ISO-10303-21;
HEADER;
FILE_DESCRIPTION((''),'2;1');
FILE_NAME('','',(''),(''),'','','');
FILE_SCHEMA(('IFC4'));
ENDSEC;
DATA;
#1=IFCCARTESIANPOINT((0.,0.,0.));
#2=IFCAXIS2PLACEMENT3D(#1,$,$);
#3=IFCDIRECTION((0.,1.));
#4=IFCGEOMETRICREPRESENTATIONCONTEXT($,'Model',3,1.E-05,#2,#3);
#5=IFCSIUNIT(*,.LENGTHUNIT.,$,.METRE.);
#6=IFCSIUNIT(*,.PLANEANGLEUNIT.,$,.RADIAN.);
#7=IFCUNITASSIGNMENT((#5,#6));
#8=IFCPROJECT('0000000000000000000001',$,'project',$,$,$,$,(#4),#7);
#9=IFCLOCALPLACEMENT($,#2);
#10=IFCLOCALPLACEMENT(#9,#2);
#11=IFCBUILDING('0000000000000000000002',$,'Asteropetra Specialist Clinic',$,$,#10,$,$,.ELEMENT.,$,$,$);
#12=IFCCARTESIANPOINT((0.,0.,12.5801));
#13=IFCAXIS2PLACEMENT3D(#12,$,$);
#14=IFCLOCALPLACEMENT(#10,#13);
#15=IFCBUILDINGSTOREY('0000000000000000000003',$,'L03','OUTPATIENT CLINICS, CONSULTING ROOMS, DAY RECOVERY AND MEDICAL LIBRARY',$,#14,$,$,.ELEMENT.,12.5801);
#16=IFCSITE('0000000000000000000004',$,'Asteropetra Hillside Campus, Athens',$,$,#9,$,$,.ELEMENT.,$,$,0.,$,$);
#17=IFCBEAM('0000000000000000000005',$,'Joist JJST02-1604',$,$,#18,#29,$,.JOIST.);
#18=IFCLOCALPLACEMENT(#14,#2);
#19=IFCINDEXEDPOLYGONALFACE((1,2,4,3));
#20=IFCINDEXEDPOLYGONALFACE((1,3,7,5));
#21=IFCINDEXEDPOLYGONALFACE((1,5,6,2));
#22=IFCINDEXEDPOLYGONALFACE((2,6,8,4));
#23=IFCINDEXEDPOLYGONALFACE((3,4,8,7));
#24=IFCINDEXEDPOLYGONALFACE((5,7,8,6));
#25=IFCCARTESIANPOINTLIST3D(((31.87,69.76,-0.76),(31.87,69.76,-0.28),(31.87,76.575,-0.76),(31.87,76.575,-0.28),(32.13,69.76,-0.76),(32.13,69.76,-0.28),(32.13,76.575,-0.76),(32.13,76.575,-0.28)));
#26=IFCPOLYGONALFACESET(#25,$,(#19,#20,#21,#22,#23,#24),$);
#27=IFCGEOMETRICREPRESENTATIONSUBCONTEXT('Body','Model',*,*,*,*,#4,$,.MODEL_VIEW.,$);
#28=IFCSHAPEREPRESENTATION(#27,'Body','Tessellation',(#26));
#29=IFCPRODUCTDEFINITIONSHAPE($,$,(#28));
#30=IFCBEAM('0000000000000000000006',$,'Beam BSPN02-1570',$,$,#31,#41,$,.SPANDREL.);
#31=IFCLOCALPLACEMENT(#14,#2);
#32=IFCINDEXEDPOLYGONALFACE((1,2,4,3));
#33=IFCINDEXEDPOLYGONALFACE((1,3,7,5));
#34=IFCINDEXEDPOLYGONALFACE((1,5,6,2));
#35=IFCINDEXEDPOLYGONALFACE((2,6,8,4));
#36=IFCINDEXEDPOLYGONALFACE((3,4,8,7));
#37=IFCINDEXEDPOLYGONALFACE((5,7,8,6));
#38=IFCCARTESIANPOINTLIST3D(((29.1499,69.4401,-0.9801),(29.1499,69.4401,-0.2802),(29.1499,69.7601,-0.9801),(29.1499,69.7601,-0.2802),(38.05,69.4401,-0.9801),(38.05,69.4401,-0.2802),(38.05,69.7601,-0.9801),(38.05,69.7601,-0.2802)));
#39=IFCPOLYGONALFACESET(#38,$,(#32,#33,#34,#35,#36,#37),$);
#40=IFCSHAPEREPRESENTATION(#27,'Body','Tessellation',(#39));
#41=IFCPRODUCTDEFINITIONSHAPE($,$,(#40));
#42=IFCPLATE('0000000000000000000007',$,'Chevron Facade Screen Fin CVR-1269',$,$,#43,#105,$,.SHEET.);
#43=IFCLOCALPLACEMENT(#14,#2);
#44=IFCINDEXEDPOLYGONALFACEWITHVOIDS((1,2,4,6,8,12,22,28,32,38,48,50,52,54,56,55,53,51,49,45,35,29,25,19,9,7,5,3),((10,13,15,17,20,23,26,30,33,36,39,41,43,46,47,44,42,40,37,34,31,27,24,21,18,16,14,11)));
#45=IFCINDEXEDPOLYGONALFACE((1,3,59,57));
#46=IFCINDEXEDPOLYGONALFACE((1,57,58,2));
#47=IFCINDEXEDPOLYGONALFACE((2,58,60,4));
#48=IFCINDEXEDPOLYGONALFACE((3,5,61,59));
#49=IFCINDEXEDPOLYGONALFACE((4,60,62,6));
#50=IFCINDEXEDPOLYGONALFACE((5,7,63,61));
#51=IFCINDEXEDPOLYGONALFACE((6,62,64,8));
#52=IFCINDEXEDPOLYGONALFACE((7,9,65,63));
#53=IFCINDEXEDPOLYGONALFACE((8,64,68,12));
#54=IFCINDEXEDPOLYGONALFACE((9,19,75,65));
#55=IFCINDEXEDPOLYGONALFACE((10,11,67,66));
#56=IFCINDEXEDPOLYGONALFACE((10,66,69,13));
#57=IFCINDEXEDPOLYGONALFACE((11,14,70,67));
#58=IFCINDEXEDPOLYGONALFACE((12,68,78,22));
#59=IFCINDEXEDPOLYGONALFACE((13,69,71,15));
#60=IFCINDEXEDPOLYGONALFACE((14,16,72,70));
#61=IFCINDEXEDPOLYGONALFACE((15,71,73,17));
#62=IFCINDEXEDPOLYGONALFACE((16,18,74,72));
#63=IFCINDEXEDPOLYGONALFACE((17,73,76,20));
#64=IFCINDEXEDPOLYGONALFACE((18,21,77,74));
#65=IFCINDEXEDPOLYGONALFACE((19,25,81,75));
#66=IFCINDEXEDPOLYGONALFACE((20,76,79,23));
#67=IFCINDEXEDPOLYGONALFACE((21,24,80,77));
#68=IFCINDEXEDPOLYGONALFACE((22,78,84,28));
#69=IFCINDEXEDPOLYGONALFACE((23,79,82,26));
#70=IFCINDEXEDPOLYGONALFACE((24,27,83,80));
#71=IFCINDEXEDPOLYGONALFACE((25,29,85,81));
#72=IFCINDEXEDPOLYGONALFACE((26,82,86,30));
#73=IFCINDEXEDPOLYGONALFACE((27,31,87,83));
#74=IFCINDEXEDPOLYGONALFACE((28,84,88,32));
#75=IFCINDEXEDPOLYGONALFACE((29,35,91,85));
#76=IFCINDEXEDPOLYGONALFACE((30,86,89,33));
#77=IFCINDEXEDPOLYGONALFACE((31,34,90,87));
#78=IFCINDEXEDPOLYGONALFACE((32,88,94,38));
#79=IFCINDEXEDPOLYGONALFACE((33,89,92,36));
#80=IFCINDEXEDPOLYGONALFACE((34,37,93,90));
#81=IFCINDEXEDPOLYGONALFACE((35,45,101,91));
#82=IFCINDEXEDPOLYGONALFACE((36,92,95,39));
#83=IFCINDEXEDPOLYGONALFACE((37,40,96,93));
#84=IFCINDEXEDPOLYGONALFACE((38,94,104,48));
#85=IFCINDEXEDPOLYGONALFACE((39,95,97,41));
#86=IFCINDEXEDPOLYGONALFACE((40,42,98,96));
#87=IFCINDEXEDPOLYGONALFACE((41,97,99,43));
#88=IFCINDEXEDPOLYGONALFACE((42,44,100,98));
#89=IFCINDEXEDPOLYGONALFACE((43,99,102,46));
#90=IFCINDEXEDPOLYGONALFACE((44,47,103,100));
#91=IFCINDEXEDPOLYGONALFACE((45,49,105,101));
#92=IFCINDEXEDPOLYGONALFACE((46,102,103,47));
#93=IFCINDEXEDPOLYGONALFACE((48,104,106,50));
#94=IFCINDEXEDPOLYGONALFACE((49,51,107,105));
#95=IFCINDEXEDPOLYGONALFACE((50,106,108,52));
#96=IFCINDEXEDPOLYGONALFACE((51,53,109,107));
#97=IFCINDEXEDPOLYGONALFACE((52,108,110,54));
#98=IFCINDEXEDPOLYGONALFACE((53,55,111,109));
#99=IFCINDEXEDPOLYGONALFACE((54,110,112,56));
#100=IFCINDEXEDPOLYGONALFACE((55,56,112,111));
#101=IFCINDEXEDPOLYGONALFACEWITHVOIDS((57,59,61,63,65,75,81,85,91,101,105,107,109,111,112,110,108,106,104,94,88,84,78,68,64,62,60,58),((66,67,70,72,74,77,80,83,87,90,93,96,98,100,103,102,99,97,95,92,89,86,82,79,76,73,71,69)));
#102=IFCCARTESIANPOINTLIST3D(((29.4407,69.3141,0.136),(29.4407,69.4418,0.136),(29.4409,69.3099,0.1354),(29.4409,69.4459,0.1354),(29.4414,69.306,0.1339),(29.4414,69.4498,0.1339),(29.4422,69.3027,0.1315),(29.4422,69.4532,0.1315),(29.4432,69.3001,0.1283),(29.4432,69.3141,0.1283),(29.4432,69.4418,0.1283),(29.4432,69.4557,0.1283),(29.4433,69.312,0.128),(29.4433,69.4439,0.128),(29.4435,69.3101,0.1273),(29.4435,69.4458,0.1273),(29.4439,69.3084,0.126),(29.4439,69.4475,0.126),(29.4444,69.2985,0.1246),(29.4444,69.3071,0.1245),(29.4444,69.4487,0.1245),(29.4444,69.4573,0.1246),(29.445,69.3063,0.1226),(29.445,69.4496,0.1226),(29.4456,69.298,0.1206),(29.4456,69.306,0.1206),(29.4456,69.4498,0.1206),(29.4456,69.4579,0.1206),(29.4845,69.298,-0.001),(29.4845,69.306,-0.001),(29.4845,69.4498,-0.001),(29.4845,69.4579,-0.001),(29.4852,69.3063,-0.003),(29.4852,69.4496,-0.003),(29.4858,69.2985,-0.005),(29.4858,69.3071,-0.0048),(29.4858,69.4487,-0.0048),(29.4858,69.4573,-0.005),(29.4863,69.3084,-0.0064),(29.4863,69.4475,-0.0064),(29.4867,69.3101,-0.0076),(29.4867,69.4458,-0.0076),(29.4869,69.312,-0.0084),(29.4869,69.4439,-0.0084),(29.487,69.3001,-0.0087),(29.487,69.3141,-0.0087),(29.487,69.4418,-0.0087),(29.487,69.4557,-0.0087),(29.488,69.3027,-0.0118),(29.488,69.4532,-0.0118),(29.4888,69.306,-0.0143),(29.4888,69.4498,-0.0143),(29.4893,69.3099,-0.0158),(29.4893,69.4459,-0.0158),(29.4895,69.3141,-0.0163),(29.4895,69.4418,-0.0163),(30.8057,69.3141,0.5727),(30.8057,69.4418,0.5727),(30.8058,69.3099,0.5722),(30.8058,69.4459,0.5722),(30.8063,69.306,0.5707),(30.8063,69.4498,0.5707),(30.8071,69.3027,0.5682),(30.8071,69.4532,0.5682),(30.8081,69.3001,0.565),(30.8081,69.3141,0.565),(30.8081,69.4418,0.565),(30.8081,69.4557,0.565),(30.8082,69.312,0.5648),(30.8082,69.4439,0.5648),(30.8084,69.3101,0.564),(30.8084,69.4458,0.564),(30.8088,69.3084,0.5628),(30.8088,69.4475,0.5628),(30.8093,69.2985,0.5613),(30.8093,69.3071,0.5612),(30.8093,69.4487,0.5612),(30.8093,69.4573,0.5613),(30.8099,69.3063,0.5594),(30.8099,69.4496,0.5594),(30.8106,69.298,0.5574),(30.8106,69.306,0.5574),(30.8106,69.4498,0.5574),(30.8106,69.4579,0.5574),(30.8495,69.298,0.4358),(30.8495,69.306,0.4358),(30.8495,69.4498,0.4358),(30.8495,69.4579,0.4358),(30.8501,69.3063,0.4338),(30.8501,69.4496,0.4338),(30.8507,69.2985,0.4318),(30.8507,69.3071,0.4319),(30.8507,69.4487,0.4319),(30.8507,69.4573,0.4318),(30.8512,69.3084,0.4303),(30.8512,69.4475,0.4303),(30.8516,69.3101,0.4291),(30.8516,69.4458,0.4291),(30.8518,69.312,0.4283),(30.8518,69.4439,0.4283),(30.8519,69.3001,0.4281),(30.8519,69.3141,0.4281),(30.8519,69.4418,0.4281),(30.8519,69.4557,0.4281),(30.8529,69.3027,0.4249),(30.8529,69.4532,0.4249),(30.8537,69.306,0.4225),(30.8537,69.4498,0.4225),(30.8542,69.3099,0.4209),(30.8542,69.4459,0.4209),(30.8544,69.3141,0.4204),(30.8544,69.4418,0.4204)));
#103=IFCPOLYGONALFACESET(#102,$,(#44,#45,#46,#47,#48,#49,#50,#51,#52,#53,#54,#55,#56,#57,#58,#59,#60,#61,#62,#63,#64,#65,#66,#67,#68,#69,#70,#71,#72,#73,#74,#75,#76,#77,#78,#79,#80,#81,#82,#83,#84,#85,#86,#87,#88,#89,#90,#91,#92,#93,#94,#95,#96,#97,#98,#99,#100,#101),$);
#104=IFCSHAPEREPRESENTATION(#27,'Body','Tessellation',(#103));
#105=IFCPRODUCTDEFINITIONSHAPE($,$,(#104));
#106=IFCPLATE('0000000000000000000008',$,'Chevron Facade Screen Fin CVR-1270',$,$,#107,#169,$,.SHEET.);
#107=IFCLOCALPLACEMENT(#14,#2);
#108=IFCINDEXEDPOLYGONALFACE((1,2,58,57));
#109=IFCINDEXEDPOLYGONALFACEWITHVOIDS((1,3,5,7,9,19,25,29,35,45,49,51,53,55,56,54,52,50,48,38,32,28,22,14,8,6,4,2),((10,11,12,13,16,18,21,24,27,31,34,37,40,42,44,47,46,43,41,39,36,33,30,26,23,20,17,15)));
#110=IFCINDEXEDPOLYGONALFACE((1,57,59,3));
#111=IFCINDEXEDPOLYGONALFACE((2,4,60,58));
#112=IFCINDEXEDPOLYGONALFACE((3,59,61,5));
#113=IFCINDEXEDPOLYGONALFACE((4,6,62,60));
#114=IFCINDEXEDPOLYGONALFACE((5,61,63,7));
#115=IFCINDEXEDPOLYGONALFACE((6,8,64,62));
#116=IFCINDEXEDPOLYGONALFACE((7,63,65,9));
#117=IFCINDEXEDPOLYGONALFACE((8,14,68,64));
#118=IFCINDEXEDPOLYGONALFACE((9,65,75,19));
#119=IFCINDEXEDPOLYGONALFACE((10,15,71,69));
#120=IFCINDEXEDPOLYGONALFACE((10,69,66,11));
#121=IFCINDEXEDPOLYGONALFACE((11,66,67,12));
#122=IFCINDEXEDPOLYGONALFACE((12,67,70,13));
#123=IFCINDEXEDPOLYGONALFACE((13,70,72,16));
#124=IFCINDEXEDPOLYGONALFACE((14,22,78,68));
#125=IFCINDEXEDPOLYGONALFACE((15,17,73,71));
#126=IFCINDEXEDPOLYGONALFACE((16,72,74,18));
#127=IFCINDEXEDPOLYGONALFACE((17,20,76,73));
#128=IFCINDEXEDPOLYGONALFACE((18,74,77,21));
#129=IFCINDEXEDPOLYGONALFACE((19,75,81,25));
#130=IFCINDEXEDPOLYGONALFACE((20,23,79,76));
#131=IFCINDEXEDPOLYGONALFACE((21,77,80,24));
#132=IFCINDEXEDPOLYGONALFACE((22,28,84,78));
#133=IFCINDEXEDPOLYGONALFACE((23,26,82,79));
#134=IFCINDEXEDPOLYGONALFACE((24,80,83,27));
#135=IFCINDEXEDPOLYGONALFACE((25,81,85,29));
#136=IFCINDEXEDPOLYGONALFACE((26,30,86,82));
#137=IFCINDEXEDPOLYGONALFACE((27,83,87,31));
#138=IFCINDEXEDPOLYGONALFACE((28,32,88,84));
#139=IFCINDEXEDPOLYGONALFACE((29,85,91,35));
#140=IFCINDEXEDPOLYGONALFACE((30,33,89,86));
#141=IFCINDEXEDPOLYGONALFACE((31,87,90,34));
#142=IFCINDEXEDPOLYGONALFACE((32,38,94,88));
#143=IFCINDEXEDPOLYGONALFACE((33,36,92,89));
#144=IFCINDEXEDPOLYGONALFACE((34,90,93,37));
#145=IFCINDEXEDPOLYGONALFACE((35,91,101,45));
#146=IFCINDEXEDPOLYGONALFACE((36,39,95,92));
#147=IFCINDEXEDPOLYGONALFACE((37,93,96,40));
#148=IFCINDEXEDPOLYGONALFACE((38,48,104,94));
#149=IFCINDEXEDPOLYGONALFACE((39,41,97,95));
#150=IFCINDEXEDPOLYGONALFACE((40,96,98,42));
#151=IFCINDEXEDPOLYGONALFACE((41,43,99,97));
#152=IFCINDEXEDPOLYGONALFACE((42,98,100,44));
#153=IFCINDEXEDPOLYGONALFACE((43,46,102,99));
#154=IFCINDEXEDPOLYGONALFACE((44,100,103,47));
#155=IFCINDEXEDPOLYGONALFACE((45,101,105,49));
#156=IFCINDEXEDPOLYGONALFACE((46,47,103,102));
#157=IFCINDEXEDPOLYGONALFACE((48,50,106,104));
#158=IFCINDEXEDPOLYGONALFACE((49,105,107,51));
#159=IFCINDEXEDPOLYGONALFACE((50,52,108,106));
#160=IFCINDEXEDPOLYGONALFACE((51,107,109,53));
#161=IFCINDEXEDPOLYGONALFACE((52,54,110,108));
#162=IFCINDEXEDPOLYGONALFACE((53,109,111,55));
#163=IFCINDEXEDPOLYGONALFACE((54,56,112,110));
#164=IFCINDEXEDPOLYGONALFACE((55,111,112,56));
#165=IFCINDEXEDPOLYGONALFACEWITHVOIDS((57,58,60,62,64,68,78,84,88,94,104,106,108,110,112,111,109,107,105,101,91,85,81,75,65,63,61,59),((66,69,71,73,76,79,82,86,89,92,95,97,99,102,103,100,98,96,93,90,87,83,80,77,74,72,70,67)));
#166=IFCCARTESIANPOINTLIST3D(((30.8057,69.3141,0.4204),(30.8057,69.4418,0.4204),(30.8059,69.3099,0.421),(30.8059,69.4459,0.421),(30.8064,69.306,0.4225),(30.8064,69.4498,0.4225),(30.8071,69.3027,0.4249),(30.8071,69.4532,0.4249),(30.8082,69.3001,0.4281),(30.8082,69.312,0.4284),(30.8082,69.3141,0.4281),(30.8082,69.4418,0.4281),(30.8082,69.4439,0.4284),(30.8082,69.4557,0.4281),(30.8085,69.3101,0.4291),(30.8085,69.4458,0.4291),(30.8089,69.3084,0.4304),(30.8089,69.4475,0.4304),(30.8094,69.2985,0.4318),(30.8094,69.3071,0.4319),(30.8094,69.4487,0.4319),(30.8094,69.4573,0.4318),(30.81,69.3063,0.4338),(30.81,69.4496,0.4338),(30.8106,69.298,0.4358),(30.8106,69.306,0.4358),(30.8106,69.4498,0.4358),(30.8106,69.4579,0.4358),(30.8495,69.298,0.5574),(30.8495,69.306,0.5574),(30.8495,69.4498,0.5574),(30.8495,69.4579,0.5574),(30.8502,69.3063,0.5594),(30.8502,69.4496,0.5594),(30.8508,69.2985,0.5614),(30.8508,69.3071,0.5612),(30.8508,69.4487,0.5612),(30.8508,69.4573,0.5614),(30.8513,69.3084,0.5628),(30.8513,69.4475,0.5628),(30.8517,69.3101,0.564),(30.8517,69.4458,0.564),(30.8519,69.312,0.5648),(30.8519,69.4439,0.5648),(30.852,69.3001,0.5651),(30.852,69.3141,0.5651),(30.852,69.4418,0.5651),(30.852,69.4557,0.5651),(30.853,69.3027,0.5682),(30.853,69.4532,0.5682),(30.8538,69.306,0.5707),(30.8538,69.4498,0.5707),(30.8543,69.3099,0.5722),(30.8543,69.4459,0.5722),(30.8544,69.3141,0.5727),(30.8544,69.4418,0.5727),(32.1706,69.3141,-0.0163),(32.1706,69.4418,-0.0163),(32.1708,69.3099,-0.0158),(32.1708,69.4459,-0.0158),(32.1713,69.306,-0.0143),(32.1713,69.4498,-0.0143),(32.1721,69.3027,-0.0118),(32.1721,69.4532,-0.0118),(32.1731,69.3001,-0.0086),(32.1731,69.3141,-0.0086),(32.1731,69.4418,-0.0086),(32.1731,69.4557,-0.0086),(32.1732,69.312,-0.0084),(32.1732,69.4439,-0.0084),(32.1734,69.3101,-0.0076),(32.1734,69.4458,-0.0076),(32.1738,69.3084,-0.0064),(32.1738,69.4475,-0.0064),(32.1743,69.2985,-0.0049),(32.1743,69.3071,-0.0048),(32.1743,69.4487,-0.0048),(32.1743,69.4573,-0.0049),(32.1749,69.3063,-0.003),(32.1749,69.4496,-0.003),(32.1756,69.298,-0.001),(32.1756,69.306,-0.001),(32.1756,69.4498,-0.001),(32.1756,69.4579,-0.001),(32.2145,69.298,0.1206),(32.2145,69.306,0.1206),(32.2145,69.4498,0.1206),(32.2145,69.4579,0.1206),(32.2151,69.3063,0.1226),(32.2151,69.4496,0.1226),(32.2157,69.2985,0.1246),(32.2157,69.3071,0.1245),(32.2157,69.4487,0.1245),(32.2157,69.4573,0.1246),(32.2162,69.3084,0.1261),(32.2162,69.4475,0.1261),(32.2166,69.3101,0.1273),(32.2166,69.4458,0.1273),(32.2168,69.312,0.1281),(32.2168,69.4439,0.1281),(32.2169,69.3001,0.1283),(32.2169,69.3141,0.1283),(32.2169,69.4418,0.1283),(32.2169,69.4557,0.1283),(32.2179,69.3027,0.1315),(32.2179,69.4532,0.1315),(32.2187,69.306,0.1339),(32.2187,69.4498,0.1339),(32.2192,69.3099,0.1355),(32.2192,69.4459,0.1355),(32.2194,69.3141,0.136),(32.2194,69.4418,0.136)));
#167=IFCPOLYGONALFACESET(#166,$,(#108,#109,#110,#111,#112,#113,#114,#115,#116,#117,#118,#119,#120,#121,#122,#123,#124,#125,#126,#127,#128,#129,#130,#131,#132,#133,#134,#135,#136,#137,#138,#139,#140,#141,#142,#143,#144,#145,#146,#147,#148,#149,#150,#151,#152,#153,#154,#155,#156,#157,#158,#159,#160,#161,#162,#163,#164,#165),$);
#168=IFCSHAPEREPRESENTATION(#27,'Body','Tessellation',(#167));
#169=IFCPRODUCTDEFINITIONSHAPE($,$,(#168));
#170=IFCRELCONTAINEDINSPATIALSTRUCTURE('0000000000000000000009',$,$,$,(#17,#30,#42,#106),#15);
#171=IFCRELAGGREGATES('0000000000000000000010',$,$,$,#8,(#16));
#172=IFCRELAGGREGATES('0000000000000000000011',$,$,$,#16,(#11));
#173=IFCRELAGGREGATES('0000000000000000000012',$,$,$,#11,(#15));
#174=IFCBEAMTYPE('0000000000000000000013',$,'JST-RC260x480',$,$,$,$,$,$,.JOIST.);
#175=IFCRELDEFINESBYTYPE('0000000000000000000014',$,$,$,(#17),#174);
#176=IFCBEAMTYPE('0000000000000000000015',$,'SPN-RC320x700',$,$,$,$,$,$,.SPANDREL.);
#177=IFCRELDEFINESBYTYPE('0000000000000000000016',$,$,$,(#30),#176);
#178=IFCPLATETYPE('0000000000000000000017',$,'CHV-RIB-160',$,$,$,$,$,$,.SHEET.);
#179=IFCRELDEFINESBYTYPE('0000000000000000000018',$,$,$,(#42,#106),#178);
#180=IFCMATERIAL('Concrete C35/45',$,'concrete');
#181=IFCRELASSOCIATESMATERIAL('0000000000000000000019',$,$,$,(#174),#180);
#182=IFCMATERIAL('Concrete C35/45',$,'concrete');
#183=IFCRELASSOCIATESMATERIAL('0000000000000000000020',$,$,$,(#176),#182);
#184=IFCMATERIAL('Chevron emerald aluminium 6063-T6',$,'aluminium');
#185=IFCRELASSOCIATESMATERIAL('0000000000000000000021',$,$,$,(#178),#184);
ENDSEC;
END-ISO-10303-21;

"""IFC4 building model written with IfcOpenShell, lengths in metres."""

from ifc_helpers import new_model, si_unit, direction, frame, origin, origin_2d, place, context, subcontext, project, spatial, rectangle, hollow_rectangle, extrude, material, material_profile, profile_set, type_object, element, save


model = new_model("IFC4")

# Units and contexts
model_context = context("Model", 3, precision=1e-05, world=origin(), true_north=direction((0.0, 1.0)))
body_context = subcontext(model_context, "Body", "Model", "MODEL_VIEW")
ifc_project = project(units=[si_unit("LENGTHUNIT", "METRE"), si_unit("PLANEANGLEUNIT", "RADIAN")], contexts=[model_context])

# Site, building, storey
site_placement = place(None, origin())
site = spatial("IfcSite", under=ifc_project, at=site_placement, Name="Asteropetra Hillside Campus, Athens", CompositionType="ELEMENT", RefElevation=0.0)
building_placement = place(site_placement, origin())
building = spatial("IfcBuilding", under=site, at=building_placement, Name="Asteropetra Specialist Clinic", CompositionType="ELEMENT")
storey_placement = place(building_placement, frame((0.0, 0.0, 12.5801)))
storey = spatial("IfcBuildingStorey", under=building, at=storey_placement, Name="L03", Description="OUTPATIENT CLINICS, CONSULTING ROOMS, DAY RECOVERY AND MEDICAL LIBRARY", CompositionType="ELEMENT", Elevation=12.5801)

# Beams
ifc_material_1 = material(Name="Concrete C35/45", Category="concrete")
ifc_material_profile_1 = material_profile(ifc_material_1, rectangle(XDim=0.26, YDim=0.48, at=origin_2d()), Name="RCJ 260x480")
ifc_profile_set_1 = profile_set([ifc_material_profile_1], Name="Concrete C35/45")
beam_type_1 = type_object("IfcBeamType", Name="JST-RC260x480", PredefinedType="JOIST", material=ifc_profile_set_1)
beam_1_placement = place(storey_placement, frame((32.0, 69.76, -0.52), z_axis=(0.0, 1.0, 0.0), x_axis=(-1.0, 0.0, 0.0)))
element("IfcBeam", 1, at=beam_1_placement, inside=storey, type_object=beam_type_1, Name="Joist JJST02-1604", PredefinedType="JOIST", context=body_context, shape_type="SweptSolid", body=[
    extrude(rectangle(XDim=0.26, YDim=0.48, at=origin_2d()), origin(), (0.0, 0.0, 1.0), 6.8149),
])
ifc_material_2 = material(Name="Concrete C35/45", Category="concrete")
ifc_material_profile_2 = material_profile(ifc_material_2, rectangle(XDim=0.3201, YDim=0.7, at=origin_2d()), Name="RCS 320x700")
ifc_profile_set_2 = profile_set([ifc_material_profile_2], Name="Concrete C35/45")
beam_type_2 = type_object("IfcBeamType", Name="SPN-RC320x700", PredefinedType="SPANDREL", material=ifc_profile_set_2)
beam_2_placement = place(storey_placement, frame((29.1499, 69.6001, -0.6301), z_axis=(1.0, 0.0, 0.0), x_axis=(0.0, 1.0, 0.0)))
element("IfcBeam", 2, at=beam_2_placement, inside=storey, type_object=beam_type_2, Name="Beam BSPN02-1570", PredefinedType="SPANDREL", context=body_context, shape_type="SweptSolid", body=[
    extrude(rectangle(XDim=0.3201, YDim=0.7, at=origin_2d()), origin(), (0.0, 0.0, 1.0), 8.9001),
])

# Plates
ifc_material_3 = material(Name="Chevron emerald aluminium 6063-T6", Category="aluminium")
ifc_material_profile_3 = material_profile(ifc_material_3, hollow_rectangle(XDim=0.1599, YDim=0.1599, WallThickness=0.0081, InnerFilletRadius=0.0081, OuterFilletRadius=0.0161, at=origin_2d()), Name="SHS 160x160x8.0")
ifc_profile_set_3 = profile_set([ifc_material_profile_3], Name="Chevron emerald aluminium 6063-T6")
plate_type_1 = type_object("IfcPlateType", Name="CHV-RIB-160", PredefinedType="SHEET", material=ifc_profile_set_3)
for number, where, z_axis, x_axis, name in (
    (3, (29.4651, 69.3779, 0.0598), (0.95243, 0.0, 0.304757), (0.0, 1.0, 0.0), "Chevron Facade Screen Fin CVR-1269"),
    (4, (30.8301, 69.3779, 0.4966), (0.95243, 0.0, -0.304757), (0.0, 1.0, 0.0), "Chevron Facade Screen Fin CVR-1270"),
):
    element("IfcPlate", number, at=place(storey_placement, frame(where, z_axis=z_axis, x_axis=x_axis)), inside=storey, type_object=plate_type_1, Name=name, PredefinedType="SHEET", context=body_context, shape_type="SweptSolid", body=[
        extrude(hollow_rectangle(XDim=0.1599, YDim=0.1599, WallThickness=0.0081, InnerFilletRadius=0.0081, OuterFilletRadius=0.0161, at=origin_2d()), origin(), (0.0, 0.0, 1.0), 1.4331),
    ])

save(model, "model.ifc")
